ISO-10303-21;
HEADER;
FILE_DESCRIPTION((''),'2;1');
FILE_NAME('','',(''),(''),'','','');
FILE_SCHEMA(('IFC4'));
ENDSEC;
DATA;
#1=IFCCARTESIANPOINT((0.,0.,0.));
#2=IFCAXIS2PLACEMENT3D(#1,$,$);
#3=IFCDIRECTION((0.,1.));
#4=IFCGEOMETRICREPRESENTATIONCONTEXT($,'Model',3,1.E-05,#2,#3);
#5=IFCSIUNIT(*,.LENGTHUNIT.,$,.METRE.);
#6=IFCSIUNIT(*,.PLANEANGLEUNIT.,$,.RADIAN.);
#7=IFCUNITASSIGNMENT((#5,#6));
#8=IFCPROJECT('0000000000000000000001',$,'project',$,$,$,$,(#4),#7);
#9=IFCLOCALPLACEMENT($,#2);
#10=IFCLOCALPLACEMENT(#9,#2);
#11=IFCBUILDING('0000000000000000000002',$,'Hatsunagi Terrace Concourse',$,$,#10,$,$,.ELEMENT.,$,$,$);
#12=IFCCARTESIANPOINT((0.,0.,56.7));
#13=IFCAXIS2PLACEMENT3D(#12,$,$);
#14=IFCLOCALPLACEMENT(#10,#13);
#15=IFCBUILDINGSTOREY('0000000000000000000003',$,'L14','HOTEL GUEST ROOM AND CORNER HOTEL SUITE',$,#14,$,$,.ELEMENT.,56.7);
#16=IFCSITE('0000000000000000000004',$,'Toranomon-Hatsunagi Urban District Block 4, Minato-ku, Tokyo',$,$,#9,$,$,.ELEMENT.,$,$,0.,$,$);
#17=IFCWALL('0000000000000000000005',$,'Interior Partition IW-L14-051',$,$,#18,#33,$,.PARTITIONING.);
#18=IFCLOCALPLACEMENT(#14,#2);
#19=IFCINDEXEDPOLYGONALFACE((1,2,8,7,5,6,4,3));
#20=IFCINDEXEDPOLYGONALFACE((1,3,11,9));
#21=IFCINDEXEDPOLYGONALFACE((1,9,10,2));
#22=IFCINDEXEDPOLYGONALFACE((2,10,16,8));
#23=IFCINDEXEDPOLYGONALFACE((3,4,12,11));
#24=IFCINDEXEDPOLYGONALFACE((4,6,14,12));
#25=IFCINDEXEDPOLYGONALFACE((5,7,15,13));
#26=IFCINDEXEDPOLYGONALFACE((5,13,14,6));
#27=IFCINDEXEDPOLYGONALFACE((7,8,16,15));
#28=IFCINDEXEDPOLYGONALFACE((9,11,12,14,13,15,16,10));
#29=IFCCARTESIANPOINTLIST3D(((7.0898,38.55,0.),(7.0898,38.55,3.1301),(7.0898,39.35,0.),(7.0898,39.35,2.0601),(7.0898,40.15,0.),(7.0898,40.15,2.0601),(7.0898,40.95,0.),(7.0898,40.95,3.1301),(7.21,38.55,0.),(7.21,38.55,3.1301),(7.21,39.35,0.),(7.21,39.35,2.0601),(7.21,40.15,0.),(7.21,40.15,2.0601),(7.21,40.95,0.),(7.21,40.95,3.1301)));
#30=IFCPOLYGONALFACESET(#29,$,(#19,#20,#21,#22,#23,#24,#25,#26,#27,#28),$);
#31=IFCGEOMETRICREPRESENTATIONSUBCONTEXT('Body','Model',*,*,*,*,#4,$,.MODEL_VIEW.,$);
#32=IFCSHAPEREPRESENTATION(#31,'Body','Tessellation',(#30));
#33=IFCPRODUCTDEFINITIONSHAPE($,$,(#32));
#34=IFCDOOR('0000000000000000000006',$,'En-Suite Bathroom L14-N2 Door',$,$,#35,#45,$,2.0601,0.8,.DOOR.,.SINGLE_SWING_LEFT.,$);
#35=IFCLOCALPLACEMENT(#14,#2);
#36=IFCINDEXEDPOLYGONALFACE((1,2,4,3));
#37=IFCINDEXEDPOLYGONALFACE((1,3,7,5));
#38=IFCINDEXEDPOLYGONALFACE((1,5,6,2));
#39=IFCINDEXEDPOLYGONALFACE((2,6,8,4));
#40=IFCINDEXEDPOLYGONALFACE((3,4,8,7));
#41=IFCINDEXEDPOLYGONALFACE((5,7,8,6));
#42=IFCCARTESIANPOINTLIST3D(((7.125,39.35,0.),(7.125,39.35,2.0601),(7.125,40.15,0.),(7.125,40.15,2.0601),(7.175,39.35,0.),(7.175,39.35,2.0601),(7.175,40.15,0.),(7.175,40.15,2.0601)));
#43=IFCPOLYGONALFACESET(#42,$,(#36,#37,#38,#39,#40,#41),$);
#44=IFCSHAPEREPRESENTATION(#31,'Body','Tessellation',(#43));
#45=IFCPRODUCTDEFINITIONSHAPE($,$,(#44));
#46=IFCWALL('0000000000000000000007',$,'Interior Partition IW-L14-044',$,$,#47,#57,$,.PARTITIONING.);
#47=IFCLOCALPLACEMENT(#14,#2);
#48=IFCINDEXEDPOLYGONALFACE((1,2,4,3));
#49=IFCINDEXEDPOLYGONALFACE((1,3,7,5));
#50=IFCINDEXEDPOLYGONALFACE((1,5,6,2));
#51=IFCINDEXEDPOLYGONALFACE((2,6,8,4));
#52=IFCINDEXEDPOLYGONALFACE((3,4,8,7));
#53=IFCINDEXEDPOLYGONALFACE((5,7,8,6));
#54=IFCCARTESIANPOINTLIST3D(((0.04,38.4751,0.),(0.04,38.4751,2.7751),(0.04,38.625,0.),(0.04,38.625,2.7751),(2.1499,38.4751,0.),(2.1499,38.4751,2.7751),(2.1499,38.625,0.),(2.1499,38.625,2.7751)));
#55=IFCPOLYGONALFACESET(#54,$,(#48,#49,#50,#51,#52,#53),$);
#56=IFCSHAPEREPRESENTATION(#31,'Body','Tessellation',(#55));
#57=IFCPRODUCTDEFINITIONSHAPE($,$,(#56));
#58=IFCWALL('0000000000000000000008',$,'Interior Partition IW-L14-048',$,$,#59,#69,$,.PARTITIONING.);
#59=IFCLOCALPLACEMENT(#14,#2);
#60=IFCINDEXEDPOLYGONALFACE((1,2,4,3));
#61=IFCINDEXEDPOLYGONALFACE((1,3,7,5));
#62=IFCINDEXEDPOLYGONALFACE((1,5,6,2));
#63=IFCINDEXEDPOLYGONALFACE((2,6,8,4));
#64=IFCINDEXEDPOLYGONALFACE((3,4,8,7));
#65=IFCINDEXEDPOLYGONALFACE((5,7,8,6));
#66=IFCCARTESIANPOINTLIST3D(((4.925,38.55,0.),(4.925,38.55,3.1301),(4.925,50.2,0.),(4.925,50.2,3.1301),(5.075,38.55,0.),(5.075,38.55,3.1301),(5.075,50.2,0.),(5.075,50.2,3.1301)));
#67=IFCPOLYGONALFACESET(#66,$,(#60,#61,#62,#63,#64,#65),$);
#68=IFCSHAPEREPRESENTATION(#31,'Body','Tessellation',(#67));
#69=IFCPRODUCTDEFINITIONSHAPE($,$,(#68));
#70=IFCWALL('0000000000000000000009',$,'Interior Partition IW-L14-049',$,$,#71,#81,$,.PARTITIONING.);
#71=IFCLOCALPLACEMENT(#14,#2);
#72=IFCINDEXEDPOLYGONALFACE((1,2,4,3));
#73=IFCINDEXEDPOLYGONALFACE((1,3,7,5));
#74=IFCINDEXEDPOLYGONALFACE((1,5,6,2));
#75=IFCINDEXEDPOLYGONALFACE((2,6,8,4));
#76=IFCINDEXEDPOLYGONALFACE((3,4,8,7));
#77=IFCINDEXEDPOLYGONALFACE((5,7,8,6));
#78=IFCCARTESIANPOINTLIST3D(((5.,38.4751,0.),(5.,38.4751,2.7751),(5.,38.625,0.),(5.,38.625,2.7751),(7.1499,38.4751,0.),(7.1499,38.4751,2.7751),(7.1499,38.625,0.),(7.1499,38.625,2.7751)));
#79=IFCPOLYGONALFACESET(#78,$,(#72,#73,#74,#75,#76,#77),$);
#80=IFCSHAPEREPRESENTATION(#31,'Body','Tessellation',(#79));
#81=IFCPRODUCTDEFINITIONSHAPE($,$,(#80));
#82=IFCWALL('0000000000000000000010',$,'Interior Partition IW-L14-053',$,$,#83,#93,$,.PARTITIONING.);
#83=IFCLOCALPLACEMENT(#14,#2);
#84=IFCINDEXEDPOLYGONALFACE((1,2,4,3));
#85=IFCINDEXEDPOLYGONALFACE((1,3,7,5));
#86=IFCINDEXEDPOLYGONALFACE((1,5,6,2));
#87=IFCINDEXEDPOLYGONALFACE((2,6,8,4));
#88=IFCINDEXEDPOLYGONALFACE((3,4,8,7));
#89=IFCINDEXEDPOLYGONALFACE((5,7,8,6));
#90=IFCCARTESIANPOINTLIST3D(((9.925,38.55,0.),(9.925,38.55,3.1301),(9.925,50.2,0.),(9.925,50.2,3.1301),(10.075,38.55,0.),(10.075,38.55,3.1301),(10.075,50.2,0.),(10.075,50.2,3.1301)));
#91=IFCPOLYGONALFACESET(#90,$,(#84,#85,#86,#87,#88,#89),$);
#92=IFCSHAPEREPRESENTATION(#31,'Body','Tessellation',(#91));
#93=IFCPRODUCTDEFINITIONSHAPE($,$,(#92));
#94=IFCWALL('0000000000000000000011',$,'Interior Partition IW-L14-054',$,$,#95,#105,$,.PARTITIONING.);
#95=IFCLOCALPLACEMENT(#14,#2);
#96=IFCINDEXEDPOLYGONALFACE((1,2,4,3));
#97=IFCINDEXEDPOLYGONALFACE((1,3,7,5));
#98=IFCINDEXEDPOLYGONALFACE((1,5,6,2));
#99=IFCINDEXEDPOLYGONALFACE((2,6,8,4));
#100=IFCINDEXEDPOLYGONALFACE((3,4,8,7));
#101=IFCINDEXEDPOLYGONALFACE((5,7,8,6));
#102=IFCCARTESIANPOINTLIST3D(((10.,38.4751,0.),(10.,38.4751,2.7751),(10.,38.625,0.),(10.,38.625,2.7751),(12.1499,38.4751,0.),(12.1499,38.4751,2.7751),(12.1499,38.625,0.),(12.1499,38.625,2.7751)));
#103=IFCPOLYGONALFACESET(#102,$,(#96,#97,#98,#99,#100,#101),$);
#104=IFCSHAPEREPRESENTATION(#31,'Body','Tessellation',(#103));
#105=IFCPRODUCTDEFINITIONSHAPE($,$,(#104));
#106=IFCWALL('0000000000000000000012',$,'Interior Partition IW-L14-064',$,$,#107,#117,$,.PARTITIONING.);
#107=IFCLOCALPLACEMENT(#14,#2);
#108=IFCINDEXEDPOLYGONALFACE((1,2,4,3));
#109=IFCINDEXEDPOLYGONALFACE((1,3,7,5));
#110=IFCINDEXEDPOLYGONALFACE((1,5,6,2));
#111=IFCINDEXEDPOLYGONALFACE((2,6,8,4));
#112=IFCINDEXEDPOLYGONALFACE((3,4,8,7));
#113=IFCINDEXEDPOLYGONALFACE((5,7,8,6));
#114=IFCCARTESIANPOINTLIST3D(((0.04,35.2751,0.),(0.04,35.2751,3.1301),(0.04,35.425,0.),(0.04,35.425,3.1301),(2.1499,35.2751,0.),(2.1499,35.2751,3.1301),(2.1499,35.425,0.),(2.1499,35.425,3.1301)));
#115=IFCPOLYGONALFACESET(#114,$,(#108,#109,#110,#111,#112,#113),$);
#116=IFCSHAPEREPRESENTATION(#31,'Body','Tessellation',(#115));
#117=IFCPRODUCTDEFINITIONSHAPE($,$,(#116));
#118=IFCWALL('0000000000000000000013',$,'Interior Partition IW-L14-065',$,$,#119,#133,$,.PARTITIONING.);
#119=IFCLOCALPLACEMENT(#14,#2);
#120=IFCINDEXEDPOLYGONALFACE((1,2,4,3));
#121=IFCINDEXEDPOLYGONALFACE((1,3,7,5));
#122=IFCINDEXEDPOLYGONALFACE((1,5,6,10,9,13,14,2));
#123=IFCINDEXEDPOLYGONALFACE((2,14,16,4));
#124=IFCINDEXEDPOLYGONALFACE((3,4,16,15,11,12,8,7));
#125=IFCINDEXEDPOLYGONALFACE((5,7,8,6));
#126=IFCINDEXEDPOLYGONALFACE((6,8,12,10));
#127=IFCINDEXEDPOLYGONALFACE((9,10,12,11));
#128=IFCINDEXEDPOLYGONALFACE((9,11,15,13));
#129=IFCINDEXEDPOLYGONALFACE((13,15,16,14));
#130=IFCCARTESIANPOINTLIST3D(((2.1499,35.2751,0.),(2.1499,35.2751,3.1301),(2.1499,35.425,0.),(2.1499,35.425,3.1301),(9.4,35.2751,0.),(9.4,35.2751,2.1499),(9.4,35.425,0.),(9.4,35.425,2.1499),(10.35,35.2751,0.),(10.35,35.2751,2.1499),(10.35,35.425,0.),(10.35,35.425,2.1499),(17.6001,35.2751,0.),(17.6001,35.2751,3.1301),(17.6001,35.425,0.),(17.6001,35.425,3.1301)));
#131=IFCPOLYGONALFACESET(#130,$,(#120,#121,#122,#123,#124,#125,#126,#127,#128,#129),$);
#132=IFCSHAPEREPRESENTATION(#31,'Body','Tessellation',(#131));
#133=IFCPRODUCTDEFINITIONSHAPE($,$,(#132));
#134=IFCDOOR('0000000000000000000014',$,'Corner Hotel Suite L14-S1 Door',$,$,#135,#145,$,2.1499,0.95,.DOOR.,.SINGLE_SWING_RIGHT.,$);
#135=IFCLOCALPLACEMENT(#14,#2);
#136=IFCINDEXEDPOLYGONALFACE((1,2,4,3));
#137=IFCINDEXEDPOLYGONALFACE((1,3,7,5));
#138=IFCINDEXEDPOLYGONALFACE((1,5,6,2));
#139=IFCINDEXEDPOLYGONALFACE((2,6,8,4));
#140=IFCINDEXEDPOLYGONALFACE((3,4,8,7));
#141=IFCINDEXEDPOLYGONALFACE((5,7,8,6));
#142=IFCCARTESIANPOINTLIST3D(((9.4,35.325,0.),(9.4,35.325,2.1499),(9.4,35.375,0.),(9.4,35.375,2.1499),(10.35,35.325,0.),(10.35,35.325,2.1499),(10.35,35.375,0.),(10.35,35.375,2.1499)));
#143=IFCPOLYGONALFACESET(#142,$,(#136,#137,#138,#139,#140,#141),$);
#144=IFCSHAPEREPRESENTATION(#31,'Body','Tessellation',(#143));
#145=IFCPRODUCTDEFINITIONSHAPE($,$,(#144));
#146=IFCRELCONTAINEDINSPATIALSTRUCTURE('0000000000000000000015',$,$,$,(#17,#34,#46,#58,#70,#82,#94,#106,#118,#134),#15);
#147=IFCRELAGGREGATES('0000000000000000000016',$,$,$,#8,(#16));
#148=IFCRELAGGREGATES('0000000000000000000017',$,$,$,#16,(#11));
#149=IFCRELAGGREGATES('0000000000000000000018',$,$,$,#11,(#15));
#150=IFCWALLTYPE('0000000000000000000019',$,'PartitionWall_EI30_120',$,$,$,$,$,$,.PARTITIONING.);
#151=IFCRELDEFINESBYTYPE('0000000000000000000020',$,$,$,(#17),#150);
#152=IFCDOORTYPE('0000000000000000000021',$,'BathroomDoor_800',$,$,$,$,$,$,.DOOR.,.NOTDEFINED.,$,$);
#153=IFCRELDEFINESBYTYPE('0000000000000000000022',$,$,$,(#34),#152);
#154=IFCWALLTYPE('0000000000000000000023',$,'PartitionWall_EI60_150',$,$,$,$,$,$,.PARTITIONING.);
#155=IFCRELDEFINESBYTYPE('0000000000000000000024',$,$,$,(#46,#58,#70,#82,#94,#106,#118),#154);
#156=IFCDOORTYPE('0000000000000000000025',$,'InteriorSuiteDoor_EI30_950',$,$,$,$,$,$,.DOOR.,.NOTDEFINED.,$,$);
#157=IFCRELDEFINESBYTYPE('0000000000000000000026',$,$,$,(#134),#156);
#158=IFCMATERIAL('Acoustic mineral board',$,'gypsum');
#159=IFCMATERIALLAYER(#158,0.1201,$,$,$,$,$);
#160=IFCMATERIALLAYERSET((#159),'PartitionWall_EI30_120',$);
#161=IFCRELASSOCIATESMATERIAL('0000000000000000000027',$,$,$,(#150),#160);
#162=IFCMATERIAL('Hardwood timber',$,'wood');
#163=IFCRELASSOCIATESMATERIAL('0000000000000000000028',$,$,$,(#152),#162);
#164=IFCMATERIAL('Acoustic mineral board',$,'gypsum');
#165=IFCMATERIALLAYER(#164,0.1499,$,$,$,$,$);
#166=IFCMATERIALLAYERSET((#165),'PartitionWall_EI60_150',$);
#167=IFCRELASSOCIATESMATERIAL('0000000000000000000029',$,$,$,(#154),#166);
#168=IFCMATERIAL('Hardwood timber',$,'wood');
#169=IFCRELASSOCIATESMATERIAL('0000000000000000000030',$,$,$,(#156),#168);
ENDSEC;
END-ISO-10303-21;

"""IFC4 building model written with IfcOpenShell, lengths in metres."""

from ifc_helpers import new_model, si_unit, direction, frame, frame_2d, origin, place, context, subcontext, project, spatial, rectangle, extrude, material, layer, layer_set, type_object, element, fill, save


model = new_model("IFC4")

# Units and contexts
model_context = context("Model", 3, precision=1e-05, world=origin(), true_north=direction((0.0, 1.0)))
body_context = subcontext(model_context, "Body", "Model", "MODEL_VIEW")
ifc_project = project(units=[si_unit("LENGTHUNIT", "METRE"), si_unit("PLANEANGLEUNIT", "RADIAN")], contexts=[model_context])

# Site, building, storey
site_placement = place(None, origin())
site = spatial("IfcSite", under=ifc_project, at=site_placement, Name="Toranomon-Hatsunagi Urban District Block 4, Minato-ku, Tokyo", CompositionType="ELEMENT", RefElevation=0.0)
building_placement = place(site_placement, origin())
building = spatial("IfcBuilding", under=site, at=building_placement, Name="Hatsunagi Terrace Concourse", CompositionType="ELEMENT")
storey_placement = place(building_placement, frame((0.0, 0.0, 56.7)))
storey = spatial("IfcBuildingStorey", under=building, at=storey_placement, Name="L14", Description="HOTEL GUEST ROOM AND CORNER HOTEL SUITE", CompositionType="ELEMENT", Elevation=56.7)

# Wall, opening, door
ifc_material_1 = material(Name="Acoustic mineral board", Category="gypsum")
ifc_layer_1 = layer(ifc_material_1, 0.1201)
ifc_layer_set_1 = layer_set([ifc_layer_1], Name="PartitionWall_EI30_120")
wall_type_1 = type_object("IfcWallType", Name="PartitionWall_EI30_120", PredefinedType="PARTITIONING", material=ifc_layer_set_1)
ifc_material_2 = material(Name="Hardwood timber", Category="wood")
door_type_1 = type_object("IfcDoorType", Name="BathroomDoor_800", OperationType="NOTDEFINED", PredefinedType="DOOR", material=ifc_material_2)
wall_1_placement = place(storey_placement, frame((7.1499, 38.55, 0.0), z_axis=(0.0, 0.0, 1.0), x_axis=(0.0, 1.0, 0.0)))
wall_1 = element("IfcWall", 1, at=wall_1_placement, inside=storey, type_object=wall_type_1, Name="Interior Partition IW-L14-051", PredefinedType="PARTITIONING", context=body_context, shape_type="SweptSolid", body=[
    extrude(rectangle(XDim=2.3999, YDim=0.1201, at=frame_2d((1.2, 0.0))), origin(), (0.0, 0.0, 1.0), 3.1301),
])
opening_1_placement = place(wall_1_placement, frame((0.8, 0.0, 0.0)))
opening_1 = element("IfcOpeningElement", 2, at=opening_1_placement, cuts=wall_1, PredefinedType="OPENING", context=body_context, shape_type="SweptSolid", body=[
    extrude(rectangle(XDim=0.8, YDim=2.0601, at=frame_2d((0.3999, 1.03))), frame((0.0, 0.0701, 0.0), z_axis=(0.0, -1.0, 0.0), x_axis=(1.0, 0.0, 0.0)), (0.0, 0.0, 1.0), 0.1401),
])
door_1_placement = place(opening_1_placement, origin())
door_1 = element("IfcDoor", 3, at=door_1_placement, inside=storey, type_object=door_type_1, Name="En-Suite Bathroom L14-N2 Door", OperationType="SINGLE_SWING_LEFT", OverallHeight=2.0601, OverallWidth=0.8, PredefinedType="DOOR", context=body_context, shape_type="SweptSolid", body=[
    extrude(rectangle(XDim=0.8, YDim=2.0601, at=frame_2d((0.3999, 1.03))), frame((0.0, 0.0249, 0.0), z_axis=(0.0, -1.0, 0.0), x_axis=(1.0, 0.0, 0.0)), (0.0, 0.0, 1.0), 0.05),
])
fill(opening_1, door_1)

# Wall
ifc_material_3 = material(Name="Acoustic mineral board", Category="gypsum")
ifc_layer_2 = layer(ifc_material_3, 0.1499)
ifc_layer_set_2 = layer_set([ifc_layer_2], Name="PartitionWall_EI60_150")
wall_type_2 = type_object("IfcWallType", Name="PartitionWall_EI60_150", PredefinedType="PARTITIONING", material=ifc_layer_set_2)
wall_2_placement = place(storey_placement, frame((0.04, 38.55, 0.0), z_axis=(0.0, 0.0, 1.0), x_axis=(1.0, 0.0, 0.0)))
element("IfcWall", 4, at=wall_2_placement, inside=storey, type_object=wall_type_2, Name="Interior Partition IW-L14-044", PredefinedType="PARTITIONING", context=body_context, shape_type="SweptSolid", body=[
    extrude(rectangle(XDim=2.1099, YDim=0.1499, at=frame_2d((1.0549, 0.0))), origin(), (0.0, 0.0, 1.0), 2.7751),
])

# Shared definitions
ifc_material_4 = material(Name="Hardwood timber", Category="wood")
door_type_2 = type_object("IfcDoorType", Name="InteriorSuiteDoor_EI30_950", OperationType="NOTDEFINED", PredefinedType="DOOR", material=ifc_material_4)

# Walls
wall_3_placement = place(storey_placement, frame((5.0, 38.55, 0.0), z_axis=(0.0, 0.0, 1.0), x_axis=(0.0, 1.0, 0.0)))
element("IfcWall", 5, at=wall_3_placement, inside=storey, type_object=wall_type_2, Name="Interior Partition IW-L14-048", PredefinedType="PARTITIONING", context=body_context, shape_type="SweptSolid", body=[
    extrude(rectangle(XDim=11.6499, YDim=0.1499, at=frame_2d((5.825, 0.0))), origin(), (0.0, 0.0, 1.0), 3.1301),
])
wall_4_placement = place(storey_placement, frame((5.0, 38.55, 0.0), z_axis=(0.0, 0.0, 1.0), x_axis=(1.0, 0.0, 0.0)))
element("IfcWall", 6, at=wall_4_placement, inside=storey, type_object=wall_type_2, Name="Interior Partition IW-L14-049", PredefinedType="PARTITIONING", context=body_context, shape_type="SweptSolid", body=[
    extrude(rectangle(XDim=2.1499, YDim=0.1499, at=frame_2d((1.075, 0.0))), origin(), (0.0, 0.0, 1.0), 2.7751),
])

# Walls
wall_5_placement = place(storey_placement, frame((10.0, 38.55, 0.0), z_axis=(0.0, 0.0, 1.0), x_axis=(0.0, 1.0, 0.0)))
element("IfcWall", 7, at=wall_5_placement, inside=storey, type_object=wall_type_2, Name="Interior Partition IW-L14-053", PredefinedType="PARTITIONING", context=body_context, shape_type="SweptSolid", body=[
    extrude(rectangle(XDim=11.6499, YDim=0.1499, at=frame_2d((5.825, 0.0))), origin(), (0.0, 0.0, 1.0), 3.1301),
])
wall_6_placement = place(storey_placement, frame((10.0, 38.55, 0.0), z_axis=(0.0, 0.0, 1.0), x_axis=(1.0, 0.0, 0.0)))
element("IfcWall", 8, at=wall_6_placement, inside=storey, type_object=wall_type_2, Name="Interior Partition IW-L14-054", PredefinedType="PARTITIONING", context=body_context, shape_type="SweptSolid", body=[
    extrude(rectangle(XDim=2.1499, YDim=0.1499, at=frame_2d((1.075, 0.0))), origin(), (0.0, 0.0, 1.0), 2.7751),
])
wall_7_placement = place(storey_placement, frame((0.04, 35.3501, 0.0), z_axis=(0.0, 0.0, 1.0), x_axis=(1.0, 0.0, 0.0)))
element("IfcWall", 9, at=wall_7_placement, inside=storey, type_object=wall_type_2, Name="Interior Partition IW-L14-064", PredefinedType="PARTITIONING", context=body_context, shape_type="SweptSolid", body=[
    extrude(rectangle(XDim=2.1099, YDim=0.1499, at=frame_2d((1.0549, 0.0))), origin(), (0.0, 0.0, 1.0), 3.1301),
])

# Wall, opening, door
wall_8_placement = place(storey_placement, frame((2.1499, 35.3501, 0.0), z_axis=(0.0, 0.0, 1.0), x_axis=(1.0, 0.0, 0.0)))
wall_8 = element("IfcWall", 10, at=wall_8_placement, inside=storey, type_object=wall_type_2, Name="Interior Partition IW-L14-065", PredefinedType="PARTITIONING", context=body_context, shape_type="SweptSolid", body=[
    extrude(rectangle(XDim=15.4502, YDim=0.1499, at=frame_2d((7.7251, 0.0))), origin(), (0.0, 0.0, 1.0), 3.1301),
])
opening_2_placement = place(wall_8_placement, frame((7.25, 0.0, 0.0)))
opening_2 = element("IfcOpeningElement", 11, at=opening_2_placement, cuts=wall_8, PredefinedType="OPENING", context=body_context, shape_type="SweptSolid", body=[
    extrude(rectangle(XDim=0.95, YDim=2.1499, at=frame_2d((0.4751, 1.075))), frame((0.0, 0.085, 0.0), z_axis=(0.0, -1.0, 0.0), x_axis=(1.0, 0.0, 0.0)), (0.0, 0.0, 1.0), 0.1699),
])
door_2_placement = place(opening_2_placement, origin())
door_2 = element("IfcDoor", 12, at=door_2_placement, inside=storey, type_object=door_type_2, Name="Corner Hotel Suite L14-S1 Door", OperationType="SINGLE_SWING_RIGHT", OverallHeight=2.1499, OverallWidth=0.95, PredefinedType="DOOR", context=body_context, shape_type="SweptSolid", body=[
    extrude(rectangle(XDim=0.95, YDim=2.1499, at=frame_2d((0.4751, 1.075))), frame((0.0, 0.0249, 0.0), z_axis=(0.0, -1.0, 0.0), x_axis=(1.0, 0.0, 0.0)), (0.0, 0.0, 1.0), 0.05),
])
fill(opening_2, door_2)

save(model, "model.ifc")
